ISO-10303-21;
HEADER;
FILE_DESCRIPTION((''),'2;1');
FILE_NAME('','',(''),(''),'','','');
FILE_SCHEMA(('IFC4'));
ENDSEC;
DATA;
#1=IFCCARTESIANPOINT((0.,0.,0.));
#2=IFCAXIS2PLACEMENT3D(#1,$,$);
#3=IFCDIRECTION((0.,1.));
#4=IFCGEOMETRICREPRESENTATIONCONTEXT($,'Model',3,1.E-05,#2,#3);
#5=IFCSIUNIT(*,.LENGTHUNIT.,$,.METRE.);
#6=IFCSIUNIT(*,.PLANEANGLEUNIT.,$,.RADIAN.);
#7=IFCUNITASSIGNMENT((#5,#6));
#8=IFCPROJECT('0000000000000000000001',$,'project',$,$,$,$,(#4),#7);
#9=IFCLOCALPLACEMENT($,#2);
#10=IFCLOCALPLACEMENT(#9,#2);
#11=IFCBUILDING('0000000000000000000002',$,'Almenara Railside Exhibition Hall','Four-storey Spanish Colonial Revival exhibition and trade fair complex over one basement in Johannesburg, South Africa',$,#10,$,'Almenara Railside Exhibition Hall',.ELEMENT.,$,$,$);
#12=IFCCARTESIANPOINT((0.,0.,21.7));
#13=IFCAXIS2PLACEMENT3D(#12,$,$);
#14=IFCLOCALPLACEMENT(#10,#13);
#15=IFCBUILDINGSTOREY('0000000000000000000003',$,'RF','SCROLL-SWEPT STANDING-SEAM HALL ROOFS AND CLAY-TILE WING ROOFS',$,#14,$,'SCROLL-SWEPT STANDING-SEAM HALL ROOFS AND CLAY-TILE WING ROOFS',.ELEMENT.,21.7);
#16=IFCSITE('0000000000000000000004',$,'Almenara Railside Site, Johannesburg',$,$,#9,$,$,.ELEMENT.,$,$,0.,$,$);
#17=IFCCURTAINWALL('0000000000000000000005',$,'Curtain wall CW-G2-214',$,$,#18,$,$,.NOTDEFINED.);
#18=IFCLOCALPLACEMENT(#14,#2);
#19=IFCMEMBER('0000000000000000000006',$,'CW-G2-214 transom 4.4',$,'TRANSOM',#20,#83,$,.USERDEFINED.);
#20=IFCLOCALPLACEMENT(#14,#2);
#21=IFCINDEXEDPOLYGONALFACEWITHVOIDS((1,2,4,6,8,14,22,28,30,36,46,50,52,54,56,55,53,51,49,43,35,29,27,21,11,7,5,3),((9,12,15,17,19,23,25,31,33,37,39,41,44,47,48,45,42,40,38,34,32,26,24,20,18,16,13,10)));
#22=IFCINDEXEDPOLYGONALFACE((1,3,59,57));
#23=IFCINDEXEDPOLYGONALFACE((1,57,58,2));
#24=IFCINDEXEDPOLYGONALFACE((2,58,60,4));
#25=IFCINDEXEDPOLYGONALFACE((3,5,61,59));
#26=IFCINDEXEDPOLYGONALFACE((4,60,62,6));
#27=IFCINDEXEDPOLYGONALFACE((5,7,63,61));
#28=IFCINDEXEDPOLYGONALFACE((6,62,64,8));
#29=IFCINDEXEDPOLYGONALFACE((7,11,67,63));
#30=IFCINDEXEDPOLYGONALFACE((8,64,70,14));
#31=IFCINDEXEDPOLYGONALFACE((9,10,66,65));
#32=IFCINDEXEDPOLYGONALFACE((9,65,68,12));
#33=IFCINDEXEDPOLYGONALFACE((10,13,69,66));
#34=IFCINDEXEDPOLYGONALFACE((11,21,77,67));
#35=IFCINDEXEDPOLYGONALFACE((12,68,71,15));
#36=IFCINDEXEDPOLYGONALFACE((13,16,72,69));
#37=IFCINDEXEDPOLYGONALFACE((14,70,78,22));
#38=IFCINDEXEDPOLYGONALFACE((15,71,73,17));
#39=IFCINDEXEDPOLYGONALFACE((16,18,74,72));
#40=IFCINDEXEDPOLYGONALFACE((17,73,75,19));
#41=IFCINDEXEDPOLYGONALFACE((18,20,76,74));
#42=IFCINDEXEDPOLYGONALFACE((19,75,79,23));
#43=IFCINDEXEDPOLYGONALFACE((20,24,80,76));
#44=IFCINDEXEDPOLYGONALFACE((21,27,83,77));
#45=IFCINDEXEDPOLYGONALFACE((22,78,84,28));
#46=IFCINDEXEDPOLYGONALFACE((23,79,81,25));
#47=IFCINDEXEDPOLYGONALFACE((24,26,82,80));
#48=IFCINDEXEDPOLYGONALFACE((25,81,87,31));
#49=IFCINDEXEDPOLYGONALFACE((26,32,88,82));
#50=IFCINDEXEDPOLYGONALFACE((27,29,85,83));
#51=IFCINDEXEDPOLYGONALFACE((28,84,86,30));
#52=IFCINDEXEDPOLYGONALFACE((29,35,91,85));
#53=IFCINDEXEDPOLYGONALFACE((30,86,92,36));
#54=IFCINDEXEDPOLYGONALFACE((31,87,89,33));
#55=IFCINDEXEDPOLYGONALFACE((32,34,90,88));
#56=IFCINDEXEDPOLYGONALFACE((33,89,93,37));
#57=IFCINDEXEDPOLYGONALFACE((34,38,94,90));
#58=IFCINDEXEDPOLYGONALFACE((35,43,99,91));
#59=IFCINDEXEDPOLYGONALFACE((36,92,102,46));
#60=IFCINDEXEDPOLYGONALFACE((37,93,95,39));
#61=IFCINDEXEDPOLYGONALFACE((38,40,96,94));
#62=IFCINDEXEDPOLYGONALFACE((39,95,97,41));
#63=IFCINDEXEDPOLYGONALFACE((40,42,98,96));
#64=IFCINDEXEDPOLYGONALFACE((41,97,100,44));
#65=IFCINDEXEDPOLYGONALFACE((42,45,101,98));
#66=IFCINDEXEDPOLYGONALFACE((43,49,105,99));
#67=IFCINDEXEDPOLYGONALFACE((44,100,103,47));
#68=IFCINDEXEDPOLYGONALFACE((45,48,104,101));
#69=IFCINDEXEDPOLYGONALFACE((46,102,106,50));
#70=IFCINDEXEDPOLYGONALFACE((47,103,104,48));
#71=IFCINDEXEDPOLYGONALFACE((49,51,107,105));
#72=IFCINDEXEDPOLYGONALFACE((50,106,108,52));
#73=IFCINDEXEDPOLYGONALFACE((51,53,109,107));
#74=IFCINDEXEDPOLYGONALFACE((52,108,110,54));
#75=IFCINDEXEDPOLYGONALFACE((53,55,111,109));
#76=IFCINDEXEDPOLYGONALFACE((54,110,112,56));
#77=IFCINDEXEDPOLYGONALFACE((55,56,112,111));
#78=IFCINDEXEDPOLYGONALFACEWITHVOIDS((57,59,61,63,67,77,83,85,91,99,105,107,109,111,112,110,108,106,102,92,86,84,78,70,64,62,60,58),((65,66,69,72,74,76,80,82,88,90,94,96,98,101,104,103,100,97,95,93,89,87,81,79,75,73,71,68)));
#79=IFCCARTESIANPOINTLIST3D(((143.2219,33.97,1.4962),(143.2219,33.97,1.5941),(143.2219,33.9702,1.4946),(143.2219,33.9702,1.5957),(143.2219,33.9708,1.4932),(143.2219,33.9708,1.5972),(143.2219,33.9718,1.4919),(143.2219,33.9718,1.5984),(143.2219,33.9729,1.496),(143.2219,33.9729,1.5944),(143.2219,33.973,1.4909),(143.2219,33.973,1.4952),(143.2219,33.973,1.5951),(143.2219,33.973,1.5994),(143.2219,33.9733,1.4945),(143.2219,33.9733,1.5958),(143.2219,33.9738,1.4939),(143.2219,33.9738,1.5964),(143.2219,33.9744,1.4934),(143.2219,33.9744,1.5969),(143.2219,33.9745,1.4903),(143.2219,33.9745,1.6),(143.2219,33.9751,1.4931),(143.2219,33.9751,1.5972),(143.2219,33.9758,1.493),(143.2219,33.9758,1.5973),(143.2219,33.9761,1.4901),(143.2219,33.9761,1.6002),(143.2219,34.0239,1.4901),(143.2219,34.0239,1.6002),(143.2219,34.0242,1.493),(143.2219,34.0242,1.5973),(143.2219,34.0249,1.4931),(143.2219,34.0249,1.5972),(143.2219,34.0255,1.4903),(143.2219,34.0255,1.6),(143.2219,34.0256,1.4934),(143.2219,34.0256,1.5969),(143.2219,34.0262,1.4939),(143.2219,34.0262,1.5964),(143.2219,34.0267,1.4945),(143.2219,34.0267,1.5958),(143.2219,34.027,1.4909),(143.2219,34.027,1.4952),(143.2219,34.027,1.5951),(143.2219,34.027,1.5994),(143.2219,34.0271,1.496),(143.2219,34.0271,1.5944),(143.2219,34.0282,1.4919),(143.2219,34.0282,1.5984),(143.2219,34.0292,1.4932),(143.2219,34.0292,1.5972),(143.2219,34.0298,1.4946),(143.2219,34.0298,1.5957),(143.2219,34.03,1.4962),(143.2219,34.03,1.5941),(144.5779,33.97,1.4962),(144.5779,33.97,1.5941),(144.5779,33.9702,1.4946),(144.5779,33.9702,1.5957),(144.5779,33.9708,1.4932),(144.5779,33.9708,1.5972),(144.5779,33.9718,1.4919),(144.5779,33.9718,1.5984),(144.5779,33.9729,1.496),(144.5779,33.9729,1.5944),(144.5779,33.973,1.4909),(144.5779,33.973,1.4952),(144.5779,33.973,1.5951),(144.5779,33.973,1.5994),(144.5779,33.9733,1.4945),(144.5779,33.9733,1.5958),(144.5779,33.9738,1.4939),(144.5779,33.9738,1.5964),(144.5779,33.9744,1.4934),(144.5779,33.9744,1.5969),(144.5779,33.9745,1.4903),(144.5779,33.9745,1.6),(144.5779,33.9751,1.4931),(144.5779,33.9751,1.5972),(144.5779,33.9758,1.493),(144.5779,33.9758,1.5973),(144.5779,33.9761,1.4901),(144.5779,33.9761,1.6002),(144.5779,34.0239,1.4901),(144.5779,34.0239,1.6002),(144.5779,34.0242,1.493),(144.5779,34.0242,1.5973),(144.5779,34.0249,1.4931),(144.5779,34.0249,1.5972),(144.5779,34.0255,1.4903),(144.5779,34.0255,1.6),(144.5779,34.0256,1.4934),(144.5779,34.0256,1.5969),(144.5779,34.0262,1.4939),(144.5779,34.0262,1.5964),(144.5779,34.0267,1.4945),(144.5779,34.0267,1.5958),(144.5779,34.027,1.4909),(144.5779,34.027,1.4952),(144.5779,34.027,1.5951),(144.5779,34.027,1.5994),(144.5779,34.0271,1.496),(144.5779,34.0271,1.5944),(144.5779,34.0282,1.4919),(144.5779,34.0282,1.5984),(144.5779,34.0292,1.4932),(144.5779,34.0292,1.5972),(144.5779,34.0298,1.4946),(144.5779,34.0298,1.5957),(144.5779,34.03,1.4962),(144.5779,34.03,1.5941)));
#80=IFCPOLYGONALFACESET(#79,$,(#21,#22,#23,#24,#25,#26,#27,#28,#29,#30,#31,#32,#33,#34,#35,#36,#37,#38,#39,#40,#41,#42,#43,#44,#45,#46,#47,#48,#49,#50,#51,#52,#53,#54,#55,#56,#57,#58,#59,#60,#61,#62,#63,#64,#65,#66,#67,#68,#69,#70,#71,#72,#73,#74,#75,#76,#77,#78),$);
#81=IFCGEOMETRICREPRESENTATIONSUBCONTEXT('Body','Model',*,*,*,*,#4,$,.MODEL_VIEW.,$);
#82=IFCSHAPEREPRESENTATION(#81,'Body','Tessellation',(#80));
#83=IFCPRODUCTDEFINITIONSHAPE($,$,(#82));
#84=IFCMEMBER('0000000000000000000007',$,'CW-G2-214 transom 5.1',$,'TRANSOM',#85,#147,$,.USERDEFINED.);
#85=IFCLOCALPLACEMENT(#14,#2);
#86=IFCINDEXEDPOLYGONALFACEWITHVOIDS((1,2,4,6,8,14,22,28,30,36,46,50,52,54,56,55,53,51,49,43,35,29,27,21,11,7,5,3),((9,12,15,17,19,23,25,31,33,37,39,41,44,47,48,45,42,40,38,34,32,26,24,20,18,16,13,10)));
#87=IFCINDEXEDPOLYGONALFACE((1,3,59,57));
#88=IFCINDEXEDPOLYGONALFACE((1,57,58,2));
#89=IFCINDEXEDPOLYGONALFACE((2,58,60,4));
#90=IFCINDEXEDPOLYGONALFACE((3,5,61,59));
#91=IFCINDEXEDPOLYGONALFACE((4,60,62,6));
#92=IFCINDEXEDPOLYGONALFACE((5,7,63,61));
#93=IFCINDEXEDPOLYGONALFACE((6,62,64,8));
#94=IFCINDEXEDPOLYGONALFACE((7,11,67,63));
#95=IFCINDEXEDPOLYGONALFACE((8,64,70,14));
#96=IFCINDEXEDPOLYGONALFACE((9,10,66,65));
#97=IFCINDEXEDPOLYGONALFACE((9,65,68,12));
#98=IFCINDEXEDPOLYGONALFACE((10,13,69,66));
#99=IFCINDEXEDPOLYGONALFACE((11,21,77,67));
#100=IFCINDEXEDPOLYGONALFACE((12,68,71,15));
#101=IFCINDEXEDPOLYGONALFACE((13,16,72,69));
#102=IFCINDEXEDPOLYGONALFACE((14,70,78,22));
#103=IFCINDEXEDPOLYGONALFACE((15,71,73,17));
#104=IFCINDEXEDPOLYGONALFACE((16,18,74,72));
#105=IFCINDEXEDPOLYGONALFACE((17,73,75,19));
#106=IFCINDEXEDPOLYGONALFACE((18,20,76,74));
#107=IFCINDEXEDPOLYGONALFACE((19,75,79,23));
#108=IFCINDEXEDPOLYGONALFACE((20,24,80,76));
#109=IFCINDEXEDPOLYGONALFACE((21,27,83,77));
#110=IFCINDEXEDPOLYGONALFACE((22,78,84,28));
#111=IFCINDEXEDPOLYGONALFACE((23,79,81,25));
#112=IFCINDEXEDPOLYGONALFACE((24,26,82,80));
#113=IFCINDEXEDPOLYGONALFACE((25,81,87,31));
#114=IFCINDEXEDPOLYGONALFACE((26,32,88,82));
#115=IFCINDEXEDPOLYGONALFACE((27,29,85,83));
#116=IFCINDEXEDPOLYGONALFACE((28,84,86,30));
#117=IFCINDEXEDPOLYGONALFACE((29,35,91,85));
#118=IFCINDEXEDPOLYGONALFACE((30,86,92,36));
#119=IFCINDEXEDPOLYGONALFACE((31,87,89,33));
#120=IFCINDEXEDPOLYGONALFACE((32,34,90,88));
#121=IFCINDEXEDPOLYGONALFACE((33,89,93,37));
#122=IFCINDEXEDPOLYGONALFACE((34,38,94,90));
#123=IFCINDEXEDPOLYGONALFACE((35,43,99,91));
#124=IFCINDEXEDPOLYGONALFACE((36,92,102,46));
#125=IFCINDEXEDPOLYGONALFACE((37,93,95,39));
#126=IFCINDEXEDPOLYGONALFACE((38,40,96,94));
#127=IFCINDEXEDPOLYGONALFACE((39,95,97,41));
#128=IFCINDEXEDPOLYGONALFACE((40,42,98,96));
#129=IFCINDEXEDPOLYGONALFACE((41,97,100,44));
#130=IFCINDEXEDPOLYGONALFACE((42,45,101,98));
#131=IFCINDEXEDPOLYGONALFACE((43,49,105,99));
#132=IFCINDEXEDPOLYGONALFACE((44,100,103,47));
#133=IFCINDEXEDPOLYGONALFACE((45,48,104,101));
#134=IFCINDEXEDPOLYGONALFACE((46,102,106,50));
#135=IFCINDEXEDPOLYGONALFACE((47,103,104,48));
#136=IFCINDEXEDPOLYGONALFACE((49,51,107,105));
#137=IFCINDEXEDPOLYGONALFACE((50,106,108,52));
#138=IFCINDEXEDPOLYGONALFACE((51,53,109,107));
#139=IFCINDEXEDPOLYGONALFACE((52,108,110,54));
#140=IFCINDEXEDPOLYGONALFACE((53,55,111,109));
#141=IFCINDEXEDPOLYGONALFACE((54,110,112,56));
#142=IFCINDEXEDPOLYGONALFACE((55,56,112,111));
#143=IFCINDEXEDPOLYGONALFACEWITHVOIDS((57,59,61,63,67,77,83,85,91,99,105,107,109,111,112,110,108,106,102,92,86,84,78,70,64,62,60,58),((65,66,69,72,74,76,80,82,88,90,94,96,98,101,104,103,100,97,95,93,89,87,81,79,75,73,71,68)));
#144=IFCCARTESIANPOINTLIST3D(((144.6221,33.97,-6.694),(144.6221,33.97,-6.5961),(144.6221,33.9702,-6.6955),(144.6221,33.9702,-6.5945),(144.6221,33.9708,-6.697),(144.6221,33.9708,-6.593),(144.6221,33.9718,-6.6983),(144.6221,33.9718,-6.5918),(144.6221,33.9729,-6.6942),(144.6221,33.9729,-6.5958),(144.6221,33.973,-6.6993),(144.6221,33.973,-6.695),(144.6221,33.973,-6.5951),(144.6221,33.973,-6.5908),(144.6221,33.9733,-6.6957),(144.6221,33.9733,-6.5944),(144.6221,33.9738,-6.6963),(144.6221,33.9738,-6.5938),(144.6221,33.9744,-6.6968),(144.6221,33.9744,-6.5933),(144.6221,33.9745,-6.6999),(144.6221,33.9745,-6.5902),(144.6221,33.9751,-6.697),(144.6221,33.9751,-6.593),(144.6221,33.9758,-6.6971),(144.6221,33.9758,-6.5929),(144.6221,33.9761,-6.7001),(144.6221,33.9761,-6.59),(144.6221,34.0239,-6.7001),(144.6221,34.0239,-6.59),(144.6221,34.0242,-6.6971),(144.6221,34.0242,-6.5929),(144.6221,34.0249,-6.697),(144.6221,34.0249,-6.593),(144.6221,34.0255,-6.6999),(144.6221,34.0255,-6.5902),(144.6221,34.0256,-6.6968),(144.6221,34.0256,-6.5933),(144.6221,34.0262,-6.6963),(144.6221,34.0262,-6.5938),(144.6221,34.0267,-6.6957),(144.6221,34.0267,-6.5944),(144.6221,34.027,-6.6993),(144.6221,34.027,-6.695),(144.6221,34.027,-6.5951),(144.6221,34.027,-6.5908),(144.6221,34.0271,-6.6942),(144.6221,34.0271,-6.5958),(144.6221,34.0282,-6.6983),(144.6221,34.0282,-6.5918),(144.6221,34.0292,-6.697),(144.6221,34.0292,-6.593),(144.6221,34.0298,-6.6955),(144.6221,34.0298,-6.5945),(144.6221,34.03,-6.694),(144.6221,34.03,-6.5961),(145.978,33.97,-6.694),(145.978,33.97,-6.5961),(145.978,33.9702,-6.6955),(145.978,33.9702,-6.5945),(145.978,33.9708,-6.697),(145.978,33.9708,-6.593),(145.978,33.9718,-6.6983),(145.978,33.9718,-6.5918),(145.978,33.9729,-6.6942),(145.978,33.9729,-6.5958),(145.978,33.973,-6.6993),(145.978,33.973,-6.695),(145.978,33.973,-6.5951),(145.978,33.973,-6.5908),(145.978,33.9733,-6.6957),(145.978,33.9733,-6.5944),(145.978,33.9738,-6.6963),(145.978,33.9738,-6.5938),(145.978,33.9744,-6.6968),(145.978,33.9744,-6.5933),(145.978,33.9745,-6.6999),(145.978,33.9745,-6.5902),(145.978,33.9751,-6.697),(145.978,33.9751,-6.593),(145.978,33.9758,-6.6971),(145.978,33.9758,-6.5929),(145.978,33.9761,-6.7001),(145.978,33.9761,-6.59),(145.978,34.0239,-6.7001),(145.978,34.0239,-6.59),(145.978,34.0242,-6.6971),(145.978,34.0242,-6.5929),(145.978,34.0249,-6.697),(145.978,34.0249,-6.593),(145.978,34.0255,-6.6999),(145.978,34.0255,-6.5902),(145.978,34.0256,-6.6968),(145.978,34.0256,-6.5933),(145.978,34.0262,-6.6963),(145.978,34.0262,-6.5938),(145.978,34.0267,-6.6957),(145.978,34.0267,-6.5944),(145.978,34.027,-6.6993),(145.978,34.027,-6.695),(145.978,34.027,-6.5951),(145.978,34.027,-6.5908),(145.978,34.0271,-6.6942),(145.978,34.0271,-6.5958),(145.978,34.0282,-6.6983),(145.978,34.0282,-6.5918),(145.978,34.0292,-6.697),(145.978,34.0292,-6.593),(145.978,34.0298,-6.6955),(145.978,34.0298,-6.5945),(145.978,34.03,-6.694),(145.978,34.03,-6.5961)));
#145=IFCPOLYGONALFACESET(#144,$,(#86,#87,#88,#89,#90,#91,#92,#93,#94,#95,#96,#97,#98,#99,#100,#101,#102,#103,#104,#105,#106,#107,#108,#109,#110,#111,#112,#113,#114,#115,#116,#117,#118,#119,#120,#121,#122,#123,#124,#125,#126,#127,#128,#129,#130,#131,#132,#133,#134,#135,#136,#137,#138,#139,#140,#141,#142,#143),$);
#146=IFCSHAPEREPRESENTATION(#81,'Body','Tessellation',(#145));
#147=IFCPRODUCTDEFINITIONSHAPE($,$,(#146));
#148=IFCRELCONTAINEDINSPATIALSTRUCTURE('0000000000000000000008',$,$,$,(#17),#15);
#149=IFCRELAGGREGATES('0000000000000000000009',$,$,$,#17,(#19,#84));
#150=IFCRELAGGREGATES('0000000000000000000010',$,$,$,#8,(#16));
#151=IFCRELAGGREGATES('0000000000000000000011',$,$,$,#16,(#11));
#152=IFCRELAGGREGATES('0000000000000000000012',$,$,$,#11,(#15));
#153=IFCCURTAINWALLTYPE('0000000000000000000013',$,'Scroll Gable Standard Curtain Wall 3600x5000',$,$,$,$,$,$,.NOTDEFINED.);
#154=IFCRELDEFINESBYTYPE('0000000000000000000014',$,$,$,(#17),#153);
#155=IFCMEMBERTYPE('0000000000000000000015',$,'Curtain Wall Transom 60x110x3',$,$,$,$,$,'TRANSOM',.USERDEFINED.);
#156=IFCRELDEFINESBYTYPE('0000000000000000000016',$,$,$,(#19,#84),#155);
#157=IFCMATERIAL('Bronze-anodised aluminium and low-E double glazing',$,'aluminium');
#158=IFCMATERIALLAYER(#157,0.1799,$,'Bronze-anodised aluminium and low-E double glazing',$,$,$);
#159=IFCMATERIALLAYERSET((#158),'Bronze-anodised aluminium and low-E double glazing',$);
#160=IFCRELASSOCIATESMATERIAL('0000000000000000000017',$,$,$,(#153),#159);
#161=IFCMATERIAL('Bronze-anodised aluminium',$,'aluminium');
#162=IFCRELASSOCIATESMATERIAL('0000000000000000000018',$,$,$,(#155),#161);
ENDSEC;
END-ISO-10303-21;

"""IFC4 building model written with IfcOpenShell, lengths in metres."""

from ifc_helpers import new_model, si_unit, direction, frame, origin, origin_2d, place, context, subcontext, project, spatial, hollow_rectangle, extrude, material, layer, layer_set, material_profile, profile_set, type_object, element, aggregate, save


model = new_model("IFC4")

# Units and contexts
model_context = context("Model", 3, precision=1e-05, world=origin(), true_north=direction((0.0, 1.0)))
body_context = subcontext(model_context, "Body", "Model", "MODEL_VIEW")
ifc_project = project(units=[si_unit("LENGTHUNIT", "METRE"), si_unit("PLANEANGLEUNIT", "RADIAN")], contexts=[model_context])

# Site, building, storey
site_placement = place(None, origin())
site = spatial("IfcSite", under=ifc_project, at=site_placement, Name="Almenara Railside Site, Johannesburg", CompositionType="ELEMENT", RefElevation=0.0)
building_placement = place(site_placement, origin())
building = spatial("IfcBuilding", under=site, at=building_placement, Name="Almenara Railside Exhibition Hall", Description="Four-storey Spanish Colonial Revival exhibition and trade fair complex over one basement in Johannesburg, South Africa", LongName="Almenara Railside Exhibition Hall", CompositionType="ELEMENT")
storey_placement = place(building_placement, frame((0.0, 0.0, 21.7)))
storey = spatial("IfcBuildingStorey", under=building, at=storey_placement, Name="RF", Description="SCROLL-SWEPT STANDING-SEAM HALL ROOFS AND CLAY-TILE WING ROOFS", LongName="SCROLL-SWEPT STANDING-SEAM HALL ROOFS AND CLAY-TILE WING ROOFS", CompositionType="ELEMENT", Elevation=21.7)

# Curtain wall, members
ifc_material_1 = material(Name="Bronze-anodised aluminium and low-E double glazing", Category="aluminium")
ifc_layer_1 = layer(ifc_material_1, 0.1799, Name="Bronze-anodised aluminium and low-E double glazing")
ifc_layer_set_1 = layer_set([ifc_layer_1], Name="Bronze-anodised aluminium and low-E double glazing")
curtain_wall_type = type_object("IfcCurtainWallType", Name="Scroll Gable Standard Curtain Wall 3600x5000", PredefinedType="NOTDEFINED", material=ifc_layer_set_1)
curtain_wall_placement = place(storey_placement, origin())
curtain_wall = element("IfcCurtainWall", 1, at=curtain_wall_placement, inside=storey, type_object=curtain_wall_type, Name="Curtain wall CW-G2-214", PredefinedType="NOTDEFINED")
ifc_material_2 = material(Name="Bronze-anodised aluminium", Category="aluminium")
ifc_material_profile_1 = material_profile(ifc_material_2, hollow_rectangle(XDim=0.0601, YDim=0.1101, WallThickness=0.0029, InnerFilletRadius=0.0029, OuterFilletRadius=0.0061, at=origin_2d()), Name="ALU-TRN 60x110x3")
ifc_profile_set_1 = profile_set([ifc_material_profile_1], Name="Bronze-anodised aluminium")
member_type_1 = type_object("IfcMemberType", Name="Curtain Wall Transom 60x110x3", ElementType="TRANSOM", PredefinedType="USERDEFINED", material=ifc_profile_set_1)
member_1_placement = place(storey_placement, frame((143.2219, 34.0, 1.5452), z_axis=(1.0, 0.0, 0.0), x_axis=(0.0, 1.0, 0.0)))
member_1 = element("IfcMember", 2, at=member_1_placement, type_object=member_type_1, Name="CW-G2-214 transom 4.4", ObjectType="TRANSOM", PredefinedType="USERDEFINED", context=body_context, shape_type="SweptSolid", body=[
    extrude(hollow_rectangle(XDim=0.0601, YDim=0.1101, WallThickness=0.0029, InnerFilletRadius=0.0029, OuterFilletRadius=0.0061, at=origin_2d()), origin(), (0.0, 0.0, 1.0), 1.356),
])
member_2_placement = place(storey_placement, frame((144.6221, 34.0, -6.645), z_axis=(1.0, 0.0, 0.0), x_axis=(0.0, 1.0, 0.0)))
member_2 = element("IfcMember", 3, at=member_2_placement, type_object=member_type_1, Name="CW-G2-214 transom 5.1", ObjectType="TRANSOM", PredefinedType="USERDEFINED", context=body_context, shape_type="SweptSolid", body=[
    extrude(hollow_rectangle(XDim=0.0601, YDim=0.1101, WallThickness=0.0029, InnerFilletRadius=0.0029, OuterFilletRadius=0.0061, at=origin_2d()), origin(), (0.0, 0.0, 1.0), 1.356),
])

aggregate(curtain_wall, [member_1, member_2])

save(model, "model.ifc")
